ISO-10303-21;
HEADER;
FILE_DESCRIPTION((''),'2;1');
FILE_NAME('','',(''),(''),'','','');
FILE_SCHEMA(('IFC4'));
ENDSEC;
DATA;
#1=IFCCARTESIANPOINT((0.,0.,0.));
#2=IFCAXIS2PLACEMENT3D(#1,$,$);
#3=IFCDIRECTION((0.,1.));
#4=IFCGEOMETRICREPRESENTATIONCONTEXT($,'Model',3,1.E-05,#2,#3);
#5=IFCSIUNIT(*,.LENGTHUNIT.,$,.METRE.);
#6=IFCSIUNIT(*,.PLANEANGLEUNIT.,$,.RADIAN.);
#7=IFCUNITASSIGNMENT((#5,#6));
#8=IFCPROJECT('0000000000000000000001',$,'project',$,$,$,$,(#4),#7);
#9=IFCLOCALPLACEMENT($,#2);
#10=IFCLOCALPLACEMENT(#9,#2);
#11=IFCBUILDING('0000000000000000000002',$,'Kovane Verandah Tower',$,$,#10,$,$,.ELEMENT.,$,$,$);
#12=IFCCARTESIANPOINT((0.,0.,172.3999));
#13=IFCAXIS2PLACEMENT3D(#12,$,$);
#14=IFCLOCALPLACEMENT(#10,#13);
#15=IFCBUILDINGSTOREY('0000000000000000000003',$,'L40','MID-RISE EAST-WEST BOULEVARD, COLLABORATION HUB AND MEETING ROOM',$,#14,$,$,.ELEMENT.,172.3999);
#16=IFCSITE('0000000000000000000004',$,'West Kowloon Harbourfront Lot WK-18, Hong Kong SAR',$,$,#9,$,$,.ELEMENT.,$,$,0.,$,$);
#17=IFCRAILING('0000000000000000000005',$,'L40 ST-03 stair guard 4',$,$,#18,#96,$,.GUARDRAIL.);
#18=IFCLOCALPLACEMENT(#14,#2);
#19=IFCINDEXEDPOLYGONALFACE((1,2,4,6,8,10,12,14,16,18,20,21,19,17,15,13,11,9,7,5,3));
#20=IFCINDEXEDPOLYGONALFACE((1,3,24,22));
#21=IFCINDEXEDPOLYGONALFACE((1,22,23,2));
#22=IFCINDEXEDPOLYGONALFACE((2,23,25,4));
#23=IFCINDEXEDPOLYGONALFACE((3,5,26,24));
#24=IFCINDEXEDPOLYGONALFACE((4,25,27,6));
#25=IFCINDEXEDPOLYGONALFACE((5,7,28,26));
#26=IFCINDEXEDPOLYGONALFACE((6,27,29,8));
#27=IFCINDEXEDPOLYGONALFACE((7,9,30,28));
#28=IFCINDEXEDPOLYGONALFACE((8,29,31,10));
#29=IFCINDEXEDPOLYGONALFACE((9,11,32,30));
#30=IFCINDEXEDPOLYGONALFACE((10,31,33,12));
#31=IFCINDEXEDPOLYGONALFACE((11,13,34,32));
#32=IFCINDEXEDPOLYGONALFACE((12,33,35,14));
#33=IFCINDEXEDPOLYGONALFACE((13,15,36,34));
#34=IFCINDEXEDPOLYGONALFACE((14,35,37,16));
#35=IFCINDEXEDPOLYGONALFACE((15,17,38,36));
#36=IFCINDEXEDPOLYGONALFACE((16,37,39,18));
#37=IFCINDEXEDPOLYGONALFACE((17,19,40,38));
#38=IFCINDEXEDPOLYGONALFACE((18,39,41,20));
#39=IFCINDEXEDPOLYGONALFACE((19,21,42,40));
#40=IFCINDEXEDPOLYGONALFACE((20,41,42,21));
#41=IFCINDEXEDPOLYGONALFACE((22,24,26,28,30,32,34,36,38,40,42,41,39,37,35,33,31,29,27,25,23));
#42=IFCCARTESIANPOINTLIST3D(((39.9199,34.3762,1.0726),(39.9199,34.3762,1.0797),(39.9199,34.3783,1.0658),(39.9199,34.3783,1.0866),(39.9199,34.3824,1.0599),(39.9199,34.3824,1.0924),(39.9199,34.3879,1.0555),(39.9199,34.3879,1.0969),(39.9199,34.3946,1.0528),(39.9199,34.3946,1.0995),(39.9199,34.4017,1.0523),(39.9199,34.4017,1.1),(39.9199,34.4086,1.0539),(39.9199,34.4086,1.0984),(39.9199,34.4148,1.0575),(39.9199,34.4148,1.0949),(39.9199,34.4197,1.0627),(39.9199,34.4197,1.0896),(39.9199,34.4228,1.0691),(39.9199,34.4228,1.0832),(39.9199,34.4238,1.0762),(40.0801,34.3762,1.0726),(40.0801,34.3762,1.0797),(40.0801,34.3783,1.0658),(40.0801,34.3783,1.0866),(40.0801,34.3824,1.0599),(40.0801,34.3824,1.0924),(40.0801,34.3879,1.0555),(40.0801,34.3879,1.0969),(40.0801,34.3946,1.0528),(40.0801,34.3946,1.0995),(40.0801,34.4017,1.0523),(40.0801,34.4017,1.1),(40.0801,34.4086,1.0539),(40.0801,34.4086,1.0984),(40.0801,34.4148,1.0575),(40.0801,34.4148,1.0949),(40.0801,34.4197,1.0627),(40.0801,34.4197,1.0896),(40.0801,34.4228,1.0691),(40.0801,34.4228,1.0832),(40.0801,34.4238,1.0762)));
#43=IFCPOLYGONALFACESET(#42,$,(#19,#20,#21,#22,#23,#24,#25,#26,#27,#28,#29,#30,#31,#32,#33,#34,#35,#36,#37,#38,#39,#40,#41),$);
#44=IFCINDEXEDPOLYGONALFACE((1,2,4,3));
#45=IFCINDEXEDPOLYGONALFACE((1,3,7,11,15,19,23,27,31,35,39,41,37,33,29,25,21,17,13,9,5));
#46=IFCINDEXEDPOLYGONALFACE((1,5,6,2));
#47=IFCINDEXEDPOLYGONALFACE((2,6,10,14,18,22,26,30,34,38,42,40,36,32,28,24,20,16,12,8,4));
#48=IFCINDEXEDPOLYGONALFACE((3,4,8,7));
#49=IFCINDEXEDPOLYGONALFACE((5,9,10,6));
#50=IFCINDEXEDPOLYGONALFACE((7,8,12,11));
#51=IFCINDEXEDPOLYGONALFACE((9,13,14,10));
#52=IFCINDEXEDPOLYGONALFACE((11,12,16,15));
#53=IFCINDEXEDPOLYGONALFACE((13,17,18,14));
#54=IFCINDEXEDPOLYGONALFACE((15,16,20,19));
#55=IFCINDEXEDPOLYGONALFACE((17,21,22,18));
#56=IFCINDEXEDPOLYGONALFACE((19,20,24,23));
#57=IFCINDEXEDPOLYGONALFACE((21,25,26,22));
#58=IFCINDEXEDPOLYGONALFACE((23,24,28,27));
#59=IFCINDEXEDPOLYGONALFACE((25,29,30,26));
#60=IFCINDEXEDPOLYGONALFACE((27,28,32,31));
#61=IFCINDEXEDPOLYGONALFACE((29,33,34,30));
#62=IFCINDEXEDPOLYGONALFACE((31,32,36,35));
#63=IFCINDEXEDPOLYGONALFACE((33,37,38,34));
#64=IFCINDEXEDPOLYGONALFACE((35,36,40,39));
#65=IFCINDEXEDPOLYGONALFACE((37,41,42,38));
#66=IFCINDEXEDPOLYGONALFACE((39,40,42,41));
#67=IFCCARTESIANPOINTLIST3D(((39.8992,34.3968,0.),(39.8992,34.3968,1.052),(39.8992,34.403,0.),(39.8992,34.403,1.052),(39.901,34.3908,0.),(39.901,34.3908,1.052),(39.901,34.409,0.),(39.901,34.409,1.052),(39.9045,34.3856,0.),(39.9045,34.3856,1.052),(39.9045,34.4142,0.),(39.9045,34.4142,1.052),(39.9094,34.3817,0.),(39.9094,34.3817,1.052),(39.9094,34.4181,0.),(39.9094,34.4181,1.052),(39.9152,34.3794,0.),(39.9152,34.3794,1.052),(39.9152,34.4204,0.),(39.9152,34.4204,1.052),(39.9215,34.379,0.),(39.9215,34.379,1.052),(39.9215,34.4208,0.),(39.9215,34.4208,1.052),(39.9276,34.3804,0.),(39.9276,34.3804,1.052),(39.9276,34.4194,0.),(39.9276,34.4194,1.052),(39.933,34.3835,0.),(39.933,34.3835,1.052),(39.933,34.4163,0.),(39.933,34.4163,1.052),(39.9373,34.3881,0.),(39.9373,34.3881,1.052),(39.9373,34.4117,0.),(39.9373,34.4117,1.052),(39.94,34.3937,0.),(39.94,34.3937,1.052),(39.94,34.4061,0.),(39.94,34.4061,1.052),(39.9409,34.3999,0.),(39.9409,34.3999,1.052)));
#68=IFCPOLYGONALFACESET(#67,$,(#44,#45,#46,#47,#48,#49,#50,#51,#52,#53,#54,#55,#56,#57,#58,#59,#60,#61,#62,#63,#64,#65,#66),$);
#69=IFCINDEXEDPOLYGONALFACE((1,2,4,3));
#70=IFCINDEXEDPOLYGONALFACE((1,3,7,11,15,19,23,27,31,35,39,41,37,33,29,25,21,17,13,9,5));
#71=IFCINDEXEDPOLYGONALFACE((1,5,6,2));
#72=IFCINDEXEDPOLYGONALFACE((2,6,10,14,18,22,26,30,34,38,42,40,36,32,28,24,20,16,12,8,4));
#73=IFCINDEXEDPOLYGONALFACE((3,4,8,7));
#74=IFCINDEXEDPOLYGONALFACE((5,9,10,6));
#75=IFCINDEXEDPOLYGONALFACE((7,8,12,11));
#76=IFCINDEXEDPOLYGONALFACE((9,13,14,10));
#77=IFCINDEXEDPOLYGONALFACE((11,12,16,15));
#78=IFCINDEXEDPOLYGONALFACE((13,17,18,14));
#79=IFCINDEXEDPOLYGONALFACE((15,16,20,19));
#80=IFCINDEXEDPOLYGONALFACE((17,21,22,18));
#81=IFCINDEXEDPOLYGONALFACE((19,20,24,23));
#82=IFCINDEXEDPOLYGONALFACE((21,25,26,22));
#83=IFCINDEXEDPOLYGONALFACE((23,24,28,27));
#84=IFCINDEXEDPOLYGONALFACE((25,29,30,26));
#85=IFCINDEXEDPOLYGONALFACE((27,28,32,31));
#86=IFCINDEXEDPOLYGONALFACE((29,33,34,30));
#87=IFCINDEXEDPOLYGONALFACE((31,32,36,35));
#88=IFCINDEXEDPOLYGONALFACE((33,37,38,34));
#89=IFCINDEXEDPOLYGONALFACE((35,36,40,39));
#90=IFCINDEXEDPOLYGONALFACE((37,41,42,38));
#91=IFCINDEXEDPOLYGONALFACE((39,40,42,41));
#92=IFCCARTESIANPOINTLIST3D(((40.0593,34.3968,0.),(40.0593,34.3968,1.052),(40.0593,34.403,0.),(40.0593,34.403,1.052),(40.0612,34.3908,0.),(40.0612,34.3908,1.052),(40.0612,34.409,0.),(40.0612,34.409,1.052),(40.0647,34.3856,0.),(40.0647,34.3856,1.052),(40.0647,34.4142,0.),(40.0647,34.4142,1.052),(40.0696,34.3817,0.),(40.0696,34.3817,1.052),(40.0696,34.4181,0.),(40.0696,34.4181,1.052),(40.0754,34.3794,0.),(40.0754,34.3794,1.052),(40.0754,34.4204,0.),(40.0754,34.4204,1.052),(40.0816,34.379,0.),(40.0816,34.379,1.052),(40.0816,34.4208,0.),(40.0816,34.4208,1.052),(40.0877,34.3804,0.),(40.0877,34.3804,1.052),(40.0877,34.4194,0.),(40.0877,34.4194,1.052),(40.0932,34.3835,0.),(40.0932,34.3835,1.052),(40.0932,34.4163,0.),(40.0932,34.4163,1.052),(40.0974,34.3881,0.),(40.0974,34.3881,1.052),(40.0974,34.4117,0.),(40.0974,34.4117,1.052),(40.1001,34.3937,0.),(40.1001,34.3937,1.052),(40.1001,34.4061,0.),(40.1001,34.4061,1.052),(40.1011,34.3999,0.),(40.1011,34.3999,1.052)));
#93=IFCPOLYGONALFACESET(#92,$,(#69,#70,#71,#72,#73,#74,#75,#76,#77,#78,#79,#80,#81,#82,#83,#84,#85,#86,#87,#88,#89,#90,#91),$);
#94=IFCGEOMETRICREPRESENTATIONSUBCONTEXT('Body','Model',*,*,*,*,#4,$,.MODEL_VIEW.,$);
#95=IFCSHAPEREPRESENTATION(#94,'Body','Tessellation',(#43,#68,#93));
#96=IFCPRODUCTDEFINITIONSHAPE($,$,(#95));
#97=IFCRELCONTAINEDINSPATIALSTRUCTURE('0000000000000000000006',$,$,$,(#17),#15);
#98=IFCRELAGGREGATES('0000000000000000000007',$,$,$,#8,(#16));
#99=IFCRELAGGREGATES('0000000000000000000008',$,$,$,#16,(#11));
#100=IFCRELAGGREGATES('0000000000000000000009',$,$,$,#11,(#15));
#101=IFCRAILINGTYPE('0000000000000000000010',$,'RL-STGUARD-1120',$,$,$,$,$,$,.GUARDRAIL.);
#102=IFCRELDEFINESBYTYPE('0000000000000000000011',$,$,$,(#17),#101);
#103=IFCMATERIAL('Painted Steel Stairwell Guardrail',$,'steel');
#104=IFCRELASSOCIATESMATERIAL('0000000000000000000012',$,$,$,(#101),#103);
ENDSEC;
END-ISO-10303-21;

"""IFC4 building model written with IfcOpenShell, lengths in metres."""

from ifc_helpers import new_model, si_unit, direction, frame, origin, origin_2d, place, context, subcontext, project, spatial, circle, extrude, material, type_object, element, save


model = new_model("IFC4")

# Units and contexts
model_context = context("Model", 3, precision=1e-05, world=origin(), true_north=direction((0.0, 1.0)))
body_context = subcontext(model_context, "Body", "Model", "MODEL_VIEW")
ifc_project = project(units=[si_unit("LENGTHUNIT", "METRE"), si_unit("PLANEANGLEUNIT", "RADIAN")], contexts=[model_context])

# Site, building, storey
site_placement = place(None, origin())
site = spatial("IfcSite", under=ifc_project, at=site_placement, Name="West Kowloon Harbourfront Lot WK-18, Hong Kong SAR", CompositionType="ELEMENT", RefElevation=0.0)
building_placement = place(site_placement, origin())
building = spatial("IfcBuilding", under=site, at=building_placement, Name="Kovane Verandah Tower", CompositionType="ELEMENT")
storey_placement = place(building_placement, frame((0.0, 0.0, 172.3999)))
storey = spatial("IfcBuildingStorey", under=building, at=storey_placement, Name="L40", Description="MID-RISE EAST-WEST BOULEVARD, COLLABORATION HUB AND MEETING ROOM", CompositionType="ELEMENT", Elevation=172.3999)

# Railing
ifc_material_1 = material(Name="Painted Steel Stairwell Guardrail", Category="steel")
railing_type_1 = type_object("IfcRailingType", Name="RL-STGUARD-1120", PredefinedType="GUARDRAIL", material=ifc_material_1)
railing_1_placement = place(storey_placement, frame((39.9199, 34.3999, 0.0)))
element("IfcRailing", 1, at=railing_1_placement, inside=storey, type_object=railing_type_1, Name="L40 ST-03 stair guard 4", PredefinedType="GUARDRAIL", context=body_context, shape_type="SweptSolid", body=[
    extrude(circle(Radius=0.0239, at=origin_2d()), frame((0.0, 0.0, 1.0762), z_axis=(1.0, 0.0, 0.0), x_axis=(0.0, 1.0, 0.0)), (0.0, 0.0, 1.0), 0.1602),
    extrude(circle(Radius=0.021, at=origin_2d()), origin(), (0.0, 0.0, 1.0), 1.052),
    extrude(circle(Radius=0.021, at=origin_2d()), frame((0.1602, 0.0, 0.0)), (0.0, 0.0, 1.0), 1.052),
])

save(model, "model.ifc")
